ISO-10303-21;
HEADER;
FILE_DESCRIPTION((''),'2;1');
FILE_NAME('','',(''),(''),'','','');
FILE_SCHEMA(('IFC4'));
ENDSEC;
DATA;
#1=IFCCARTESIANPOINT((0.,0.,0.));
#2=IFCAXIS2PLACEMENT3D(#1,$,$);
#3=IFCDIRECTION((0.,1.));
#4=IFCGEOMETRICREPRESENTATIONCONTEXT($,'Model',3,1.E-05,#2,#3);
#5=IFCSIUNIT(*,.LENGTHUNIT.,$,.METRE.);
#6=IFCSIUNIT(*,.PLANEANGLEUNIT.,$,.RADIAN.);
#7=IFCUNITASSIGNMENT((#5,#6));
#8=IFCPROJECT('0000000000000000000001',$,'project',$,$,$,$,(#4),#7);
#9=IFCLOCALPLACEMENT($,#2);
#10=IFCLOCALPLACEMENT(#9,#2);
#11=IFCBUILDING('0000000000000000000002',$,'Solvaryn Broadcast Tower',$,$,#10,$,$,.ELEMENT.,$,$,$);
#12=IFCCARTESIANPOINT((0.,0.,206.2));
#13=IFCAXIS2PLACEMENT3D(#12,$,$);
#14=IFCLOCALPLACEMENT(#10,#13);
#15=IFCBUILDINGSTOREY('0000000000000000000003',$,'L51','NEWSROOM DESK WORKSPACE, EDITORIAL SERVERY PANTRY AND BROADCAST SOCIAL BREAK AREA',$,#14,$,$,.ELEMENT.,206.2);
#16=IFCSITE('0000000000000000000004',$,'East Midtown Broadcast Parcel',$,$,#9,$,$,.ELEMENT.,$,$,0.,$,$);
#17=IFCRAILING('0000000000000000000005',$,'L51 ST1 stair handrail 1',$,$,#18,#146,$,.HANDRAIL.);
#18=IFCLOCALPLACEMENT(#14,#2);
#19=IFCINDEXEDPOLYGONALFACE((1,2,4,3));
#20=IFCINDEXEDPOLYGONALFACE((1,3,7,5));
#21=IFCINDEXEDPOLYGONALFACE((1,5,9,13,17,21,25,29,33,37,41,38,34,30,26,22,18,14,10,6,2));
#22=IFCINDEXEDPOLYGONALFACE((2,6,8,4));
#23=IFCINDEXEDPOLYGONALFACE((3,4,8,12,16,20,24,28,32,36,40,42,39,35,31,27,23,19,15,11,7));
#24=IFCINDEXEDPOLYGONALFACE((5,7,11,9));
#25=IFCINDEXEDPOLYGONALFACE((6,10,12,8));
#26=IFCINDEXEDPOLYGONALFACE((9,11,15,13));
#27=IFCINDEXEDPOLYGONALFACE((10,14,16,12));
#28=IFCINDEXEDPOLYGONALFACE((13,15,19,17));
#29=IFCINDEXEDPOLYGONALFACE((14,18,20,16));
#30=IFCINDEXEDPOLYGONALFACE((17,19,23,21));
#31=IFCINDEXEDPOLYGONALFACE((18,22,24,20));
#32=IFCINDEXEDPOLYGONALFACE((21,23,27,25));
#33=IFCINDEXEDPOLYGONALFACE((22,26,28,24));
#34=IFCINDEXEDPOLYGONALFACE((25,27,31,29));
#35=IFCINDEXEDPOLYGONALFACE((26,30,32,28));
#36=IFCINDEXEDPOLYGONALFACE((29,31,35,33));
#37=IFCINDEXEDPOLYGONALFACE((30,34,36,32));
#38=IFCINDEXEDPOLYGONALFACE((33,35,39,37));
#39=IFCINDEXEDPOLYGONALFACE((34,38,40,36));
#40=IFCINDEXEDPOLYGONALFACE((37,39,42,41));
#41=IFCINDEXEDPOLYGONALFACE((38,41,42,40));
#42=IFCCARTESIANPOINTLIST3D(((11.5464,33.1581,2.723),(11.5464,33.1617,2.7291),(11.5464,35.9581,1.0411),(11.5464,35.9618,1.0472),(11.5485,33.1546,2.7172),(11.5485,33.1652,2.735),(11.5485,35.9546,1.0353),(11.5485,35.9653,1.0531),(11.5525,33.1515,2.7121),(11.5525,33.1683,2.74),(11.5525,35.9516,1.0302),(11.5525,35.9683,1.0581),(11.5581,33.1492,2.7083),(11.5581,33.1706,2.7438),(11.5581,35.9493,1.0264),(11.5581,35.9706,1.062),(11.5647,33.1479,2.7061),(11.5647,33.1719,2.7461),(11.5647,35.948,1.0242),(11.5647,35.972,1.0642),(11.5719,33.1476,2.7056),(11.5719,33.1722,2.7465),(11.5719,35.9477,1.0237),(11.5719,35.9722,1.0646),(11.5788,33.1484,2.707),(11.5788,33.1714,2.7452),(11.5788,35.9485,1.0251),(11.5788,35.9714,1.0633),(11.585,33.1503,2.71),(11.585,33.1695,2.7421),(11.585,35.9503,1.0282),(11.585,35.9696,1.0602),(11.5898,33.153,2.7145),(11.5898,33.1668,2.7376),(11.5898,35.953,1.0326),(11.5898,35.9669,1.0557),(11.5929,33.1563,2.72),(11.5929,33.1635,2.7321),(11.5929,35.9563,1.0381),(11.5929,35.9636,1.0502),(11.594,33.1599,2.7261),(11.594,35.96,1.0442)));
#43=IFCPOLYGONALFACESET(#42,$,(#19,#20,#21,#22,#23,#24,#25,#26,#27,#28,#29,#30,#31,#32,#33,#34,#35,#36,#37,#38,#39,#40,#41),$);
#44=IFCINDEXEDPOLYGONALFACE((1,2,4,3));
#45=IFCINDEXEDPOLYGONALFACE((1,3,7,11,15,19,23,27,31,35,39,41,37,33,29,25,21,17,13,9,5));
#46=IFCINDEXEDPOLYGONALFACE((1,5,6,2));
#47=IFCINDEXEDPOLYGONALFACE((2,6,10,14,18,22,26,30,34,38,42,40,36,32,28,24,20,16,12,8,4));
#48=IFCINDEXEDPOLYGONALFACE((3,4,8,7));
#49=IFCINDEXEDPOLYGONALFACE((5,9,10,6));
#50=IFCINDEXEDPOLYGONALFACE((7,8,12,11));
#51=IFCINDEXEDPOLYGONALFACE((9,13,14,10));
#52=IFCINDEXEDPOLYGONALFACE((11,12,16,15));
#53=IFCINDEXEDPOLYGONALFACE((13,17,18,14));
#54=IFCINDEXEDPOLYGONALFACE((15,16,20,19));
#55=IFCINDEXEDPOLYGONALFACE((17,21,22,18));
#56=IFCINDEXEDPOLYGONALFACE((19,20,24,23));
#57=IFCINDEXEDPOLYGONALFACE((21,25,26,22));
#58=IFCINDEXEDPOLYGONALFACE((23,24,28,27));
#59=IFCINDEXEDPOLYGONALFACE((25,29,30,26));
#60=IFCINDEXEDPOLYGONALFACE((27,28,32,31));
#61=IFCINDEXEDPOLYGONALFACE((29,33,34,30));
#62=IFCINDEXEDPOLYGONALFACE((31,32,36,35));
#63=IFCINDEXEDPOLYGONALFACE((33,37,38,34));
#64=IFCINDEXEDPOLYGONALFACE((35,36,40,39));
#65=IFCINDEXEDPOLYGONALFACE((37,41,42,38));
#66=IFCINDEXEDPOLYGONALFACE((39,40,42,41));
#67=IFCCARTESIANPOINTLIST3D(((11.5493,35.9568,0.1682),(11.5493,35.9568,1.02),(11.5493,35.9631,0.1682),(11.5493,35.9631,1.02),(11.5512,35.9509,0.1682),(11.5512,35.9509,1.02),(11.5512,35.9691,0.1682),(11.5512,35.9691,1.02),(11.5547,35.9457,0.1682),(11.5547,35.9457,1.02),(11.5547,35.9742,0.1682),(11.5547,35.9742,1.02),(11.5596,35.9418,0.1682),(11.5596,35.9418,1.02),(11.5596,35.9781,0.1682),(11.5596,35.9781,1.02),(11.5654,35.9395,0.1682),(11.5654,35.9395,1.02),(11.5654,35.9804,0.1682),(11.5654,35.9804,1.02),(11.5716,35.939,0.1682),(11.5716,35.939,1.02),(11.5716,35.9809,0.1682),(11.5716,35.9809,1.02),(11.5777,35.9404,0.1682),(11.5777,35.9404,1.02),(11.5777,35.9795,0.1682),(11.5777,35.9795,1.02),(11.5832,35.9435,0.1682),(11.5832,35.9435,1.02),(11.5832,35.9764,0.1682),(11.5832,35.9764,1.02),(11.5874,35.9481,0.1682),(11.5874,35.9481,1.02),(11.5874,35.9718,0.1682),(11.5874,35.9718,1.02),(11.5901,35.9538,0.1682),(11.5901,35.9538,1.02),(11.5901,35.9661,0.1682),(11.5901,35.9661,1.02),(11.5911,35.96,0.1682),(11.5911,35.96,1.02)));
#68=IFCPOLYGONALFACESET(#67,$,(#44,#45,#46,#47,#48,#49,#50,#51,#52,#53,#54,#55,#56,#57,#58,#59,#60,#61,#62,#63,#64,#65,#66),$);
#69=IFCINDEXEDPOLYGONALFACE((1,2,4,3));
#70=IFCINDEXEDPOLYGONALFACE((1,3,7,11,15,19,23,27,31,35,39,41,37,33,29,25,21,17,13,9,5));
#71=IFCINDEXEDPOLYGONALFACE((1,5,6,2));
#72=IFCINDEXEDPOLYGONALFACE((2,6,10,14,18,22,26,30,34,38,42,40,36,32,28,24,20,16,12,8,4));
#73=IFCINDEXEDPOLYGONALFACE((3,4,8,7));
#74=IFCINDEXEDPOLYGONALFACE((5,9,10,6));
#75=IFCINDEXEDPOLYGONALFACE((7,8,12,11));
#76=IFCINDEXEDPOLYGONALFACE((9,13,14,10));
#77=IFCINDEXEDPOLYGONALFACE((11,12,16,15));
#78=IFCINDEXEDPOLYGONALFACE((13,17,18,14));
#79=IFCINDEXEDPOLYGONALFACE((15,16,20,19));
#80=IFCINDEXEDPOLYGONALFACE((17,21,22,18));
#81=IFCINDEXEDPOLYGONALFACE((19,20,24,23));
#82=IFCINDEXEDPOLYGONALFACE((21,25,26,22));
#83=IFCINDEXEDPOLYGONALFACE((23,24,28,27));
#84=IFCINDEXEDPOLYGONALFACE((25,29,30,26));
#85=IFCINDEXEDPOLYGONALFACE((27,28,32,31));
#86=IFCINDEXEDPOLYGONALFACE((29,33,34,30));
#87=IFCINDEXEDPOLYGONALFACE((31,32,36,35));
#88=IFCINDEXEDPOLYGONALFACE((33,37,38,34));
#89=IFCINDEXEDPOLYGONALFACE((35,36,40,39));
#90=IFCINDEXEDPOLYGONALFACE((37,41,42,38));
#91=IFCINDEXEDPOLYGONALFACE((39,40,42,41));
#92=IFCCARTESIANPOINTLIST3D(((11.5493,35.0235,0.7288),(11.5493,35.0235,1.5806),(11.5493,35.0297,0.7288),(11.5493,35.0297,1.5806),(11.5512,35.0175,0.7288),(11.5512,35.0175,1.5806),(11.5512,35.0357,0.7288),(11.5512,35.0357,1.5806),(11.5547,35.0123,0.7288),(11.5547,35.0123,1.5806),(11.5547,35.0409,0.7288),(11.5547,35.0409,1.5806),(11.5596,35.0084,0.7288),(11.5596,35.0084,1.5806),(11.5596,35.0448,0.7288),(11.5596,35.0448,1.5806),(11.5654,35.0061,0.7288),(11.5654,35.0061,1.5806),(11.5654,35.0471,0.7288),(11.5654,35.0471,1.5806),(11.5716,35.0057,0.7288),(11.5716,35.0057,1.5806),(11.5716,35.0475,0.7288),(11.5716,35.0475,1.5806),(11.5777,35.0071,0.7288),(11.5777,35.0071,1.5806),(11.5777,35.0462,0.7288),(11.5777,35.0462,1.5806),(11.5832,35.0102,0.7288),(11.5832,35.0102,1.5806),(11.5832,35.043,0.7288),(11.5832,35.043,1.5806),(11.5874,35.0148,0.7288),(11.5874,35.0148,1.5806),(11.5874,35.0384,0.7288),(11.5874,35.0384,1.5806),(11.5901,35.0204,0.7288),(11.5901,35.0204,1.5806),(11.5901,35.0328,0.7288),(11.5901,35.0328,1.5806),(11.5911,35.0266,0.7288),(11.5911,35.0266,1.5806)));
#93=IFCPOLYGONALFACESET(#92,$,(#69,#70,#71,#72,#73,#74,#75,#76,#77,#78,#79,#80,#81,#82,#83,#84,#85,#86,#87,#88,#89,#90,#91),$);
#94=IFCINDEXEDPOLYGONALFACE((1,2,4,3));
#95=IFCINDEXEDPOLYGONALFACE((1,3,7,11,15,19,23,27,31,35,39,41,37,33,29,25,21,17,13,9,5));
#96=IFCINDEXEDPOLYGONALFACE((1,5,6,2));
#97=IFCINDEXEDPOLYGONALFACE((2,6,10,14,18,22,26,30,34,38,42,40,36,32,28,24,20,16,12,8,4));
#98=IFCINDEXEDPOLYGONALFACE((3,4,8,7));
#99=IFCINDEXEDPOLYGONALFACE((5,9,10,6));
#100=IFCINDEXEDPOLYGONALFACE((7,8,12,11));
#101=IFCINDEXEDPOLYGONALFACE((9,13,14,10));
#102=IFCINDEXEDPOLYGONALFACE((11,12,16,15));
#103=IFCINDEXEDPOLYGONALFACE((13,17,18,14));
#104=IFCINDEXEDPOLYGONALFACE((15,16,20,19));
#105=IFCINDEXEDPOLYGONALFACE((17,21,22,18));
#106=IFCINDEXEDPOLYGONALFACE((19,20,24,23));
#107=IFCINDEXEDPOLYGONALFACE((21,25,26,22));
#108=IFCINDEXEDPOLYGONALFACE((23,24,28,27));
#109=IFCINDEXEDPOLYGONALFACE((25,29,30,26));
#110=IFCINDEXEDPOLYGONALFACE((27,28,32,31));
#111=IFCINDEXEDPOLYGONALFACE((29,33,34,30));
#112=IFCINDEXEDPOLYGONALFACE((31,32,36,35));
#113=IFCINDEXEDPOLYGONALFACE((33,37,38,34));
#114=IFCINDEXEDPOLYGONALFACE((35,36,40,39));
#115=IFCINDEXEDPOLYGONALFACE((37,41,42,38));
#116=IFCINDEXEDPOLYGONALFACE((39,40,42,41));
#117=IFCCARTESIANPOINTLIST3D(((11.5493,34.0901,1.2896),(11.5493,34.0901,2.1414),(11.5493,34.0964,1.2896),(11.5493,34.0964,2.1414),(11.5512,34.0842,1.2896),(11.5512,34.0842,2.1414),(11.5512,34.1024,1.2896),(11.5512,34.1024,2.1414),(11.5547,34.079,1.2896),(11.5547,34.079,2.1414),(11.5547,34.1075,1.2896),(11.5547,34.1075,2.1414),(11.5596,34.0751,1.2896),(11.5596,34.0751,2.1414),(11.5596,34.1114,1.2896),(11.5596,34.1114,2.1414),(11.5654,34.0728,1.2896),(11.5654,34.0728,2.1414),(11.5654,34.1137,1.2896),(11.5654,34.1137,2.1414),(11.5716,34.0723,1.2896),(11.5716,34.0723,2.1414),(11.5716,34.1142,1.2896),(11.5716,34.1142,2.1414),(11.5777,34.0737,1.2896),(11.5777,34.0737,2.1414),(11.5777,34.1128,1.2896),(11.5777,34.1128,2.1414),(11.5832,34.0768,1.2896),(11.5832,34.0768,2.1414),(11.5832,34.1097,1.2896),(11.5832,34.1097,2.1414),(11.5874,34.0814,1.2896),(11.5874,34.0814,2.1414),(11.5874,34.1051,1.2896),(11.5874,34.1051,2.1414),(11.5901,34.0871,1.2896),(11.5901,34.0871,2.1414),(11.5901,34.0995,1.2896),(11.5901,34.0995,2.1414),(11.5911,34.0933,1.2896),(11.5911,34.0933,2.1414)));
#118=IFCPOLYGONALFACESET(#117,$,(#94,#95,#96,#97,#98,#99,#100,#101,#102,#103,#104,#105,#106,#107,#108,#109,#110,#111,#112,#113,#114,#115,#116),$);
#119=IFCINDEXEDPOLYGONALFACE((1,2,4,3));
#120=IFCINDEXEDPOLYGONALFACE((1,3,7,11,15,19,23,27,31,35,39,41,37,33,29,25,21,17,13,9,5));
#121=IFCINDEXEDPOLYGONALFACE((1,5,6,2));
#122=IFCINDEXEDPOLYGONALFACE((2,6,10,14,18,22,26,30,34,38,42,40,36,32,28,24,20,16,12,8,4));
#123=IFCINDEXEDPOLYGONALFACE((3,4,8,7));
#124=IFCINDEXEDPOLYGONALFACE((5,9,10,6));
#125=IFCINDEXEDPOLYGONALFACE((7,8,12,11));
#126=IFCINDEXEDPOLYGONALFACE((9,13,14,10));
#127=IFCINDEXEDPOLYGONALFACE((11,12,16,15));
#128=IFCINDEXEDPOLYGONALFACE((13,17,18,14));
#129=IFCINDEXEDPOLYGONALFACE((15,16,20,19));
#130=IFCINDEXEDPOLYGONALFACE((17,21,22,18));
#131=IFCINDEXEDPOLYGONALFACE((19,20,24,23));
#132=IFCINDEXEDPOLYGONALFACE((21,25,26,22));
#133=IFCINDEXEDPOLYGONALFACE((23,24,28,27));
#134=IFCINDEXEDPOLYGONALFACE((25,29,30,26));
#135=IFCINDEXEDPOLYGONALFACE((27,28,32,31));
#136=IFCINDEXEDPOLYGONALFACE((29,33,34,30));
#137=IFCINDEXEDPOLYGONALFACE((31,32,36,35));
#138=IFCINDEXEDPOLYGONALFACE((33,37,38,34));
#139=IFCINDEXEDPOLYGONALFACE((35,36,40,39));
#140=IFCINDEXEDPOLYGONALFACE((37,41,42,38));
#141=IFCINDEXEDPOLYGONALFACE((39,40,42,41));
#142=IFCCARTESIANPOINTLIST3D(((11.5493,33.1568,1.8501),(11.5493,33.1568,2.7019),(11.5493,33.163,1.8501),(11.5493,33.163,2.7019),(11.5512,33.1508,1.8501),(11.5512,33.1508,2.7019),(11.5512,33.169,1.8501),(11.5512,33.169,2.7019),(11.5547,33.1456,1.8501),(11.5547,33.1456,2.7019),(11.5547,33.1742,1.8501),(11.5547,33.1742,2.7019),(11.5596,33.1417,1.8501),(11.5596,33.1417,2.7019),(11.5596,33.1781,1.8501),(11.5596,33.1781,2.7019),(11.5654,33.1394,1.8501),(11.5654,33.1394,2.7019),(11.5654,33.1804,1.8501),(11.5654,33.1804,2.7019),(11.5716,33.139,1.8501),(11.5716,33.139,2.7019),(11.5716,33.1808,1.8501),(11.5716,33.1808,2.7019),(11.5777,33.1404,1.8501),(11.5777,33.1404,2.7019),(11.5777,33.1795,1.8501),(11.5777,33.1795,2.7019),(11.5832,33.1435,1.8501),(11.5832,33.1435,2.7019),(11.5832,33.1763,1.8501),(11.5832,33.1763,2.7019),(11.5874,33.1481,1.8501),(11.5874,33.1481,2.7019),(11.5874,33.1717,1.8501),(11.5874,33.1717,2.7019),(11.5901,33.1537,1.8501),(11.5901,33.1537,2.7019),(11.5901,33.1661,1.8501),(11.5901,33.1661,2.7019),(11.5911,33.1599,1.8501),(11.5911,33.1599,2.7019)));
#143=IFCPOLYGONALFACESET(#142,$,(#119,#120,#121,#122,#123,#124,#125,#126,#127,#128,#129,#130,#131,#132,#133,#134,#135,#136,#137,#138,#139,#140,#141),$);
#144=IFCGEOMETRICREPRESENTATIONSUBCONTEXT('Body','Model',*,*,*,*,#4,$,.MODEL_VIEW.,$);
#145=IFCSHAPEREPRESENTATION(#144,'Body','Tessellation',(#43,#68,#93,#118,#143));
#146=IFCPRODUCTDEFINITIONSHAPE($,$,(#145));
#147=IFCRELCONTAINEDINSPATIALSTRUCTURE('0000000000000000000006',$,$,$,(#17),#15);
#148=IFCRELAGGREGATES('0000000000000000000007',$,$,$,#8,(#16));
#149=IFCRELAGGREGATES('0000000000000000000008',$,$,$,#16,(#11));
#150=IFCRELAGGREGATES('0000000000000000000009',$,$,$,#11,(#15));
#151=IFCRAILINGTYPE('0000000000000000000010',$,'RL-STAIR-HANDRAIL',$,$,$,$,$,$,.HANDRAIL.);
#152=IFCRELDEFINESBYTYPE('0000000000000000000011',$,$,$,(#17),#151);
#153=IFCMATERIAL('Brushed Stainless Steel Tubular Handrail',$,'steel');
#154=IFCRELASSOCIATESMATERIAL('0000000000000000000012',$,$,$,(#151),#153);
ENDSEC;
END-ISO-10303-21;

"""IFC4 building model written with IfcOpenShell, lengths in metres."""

from ifc_helpers import new_model, si_unit, direction, frame, origin, origin_2d, place, context, subcontext, project, spatial, circle, extrude, material, type_object, element, save


model = new_model("IFC4")

# Units and contexts
model_context = context("Model", 3, precision=1e-05, world=origin(), true_north=direction((0.0, 1.0)))
body_context = subcontext(model_context, "Body", "Model", "MODEL_VIEW")
ifc_project = project(units=[si_unit("LENGTHUNIT", "METRE"), si_unit("PLANEANGLEUNIT", "RADIAN")], contexts=[model_context])

# Site, building, storey
site_placement = place(None, origin())
site = spatial("IfcSite", under=ifc_project, at=site_placement, Name="East Midtown Broadcast Parcel", CompositionType="ELEMENT", RefElevation=0.0)
building_placement = place(site_placement, origin())
building = spatial("IfcBuilding", under=site, at=building_placement, Name="Solvaryn Broadcast Tower", CompositionType="ELEMENT")
storey_placement = place(building_placement, frame((0.0, 0.0, 206.2)))
storey = spatial("IfcBuildingStorey", under=building, at=storey_placement, Name="L51", Description="NEWSROOM DESK WORKSPACE, EDITORIAL SERVERY PANTRY AND BROADCAST SOCIAL BREAK AREA", CompositionType="ELEMENT", Elevation=206.2)

# Railing
ifc_material_1 = material(Name="Brushed Stainless Steel Tubular Handrail", Category="steel")
railing_type_1 = type_object("IfcRailingType", Name="RL-STAIR-HANDRAIL", PredefinedType="HANDRAIL", material=ifc_material_1)
railing_1_placement = place(storey_placement, frame((11.5701, 35.96, 0.1682)))
element("IfcRailing", 1, at=railing_1_placement, inside=storey, type_object=railing_type_1, Name="L51 ST1 stair handrail 1", PredefinedType="HANDRAIL", context=body_context, shape_type="SweptSolid", body=[
    extrude(circle(Radius=0.0239, at=origin_2d()), frame((0.0, 0.0, 0.876), z_axis=(0.0, -0.857242, 0.514913), x_axis=(1.0, 0.0, 0.0)), (0.0, 0.0, 1.0), 3.2664),
    extrude(circle(Radius=0.021, at=origin_2d()), origin(), (0.0, 0.0, 1.0), 0.8518),
    extrude(circle(Radius=0.021, at=origin_2d()), frame((0.0, -0.9333, 0.5605)), (0.0, 0.0, 1.0), 0.8518),
    extrude(circle(Radius=0.021, at=origin_2d()), frame((0.0, -1.8667, 1.1213)), (0.0, 0.0, 1.0), 0.8518),
    extrude(circle(Radius=0.021, at=origin_2d()), frame((0.0, -2.8, 1.6819)), (0.0, 0.0, 1.0), 0.8518),
])

save(model, "model.ifc")
